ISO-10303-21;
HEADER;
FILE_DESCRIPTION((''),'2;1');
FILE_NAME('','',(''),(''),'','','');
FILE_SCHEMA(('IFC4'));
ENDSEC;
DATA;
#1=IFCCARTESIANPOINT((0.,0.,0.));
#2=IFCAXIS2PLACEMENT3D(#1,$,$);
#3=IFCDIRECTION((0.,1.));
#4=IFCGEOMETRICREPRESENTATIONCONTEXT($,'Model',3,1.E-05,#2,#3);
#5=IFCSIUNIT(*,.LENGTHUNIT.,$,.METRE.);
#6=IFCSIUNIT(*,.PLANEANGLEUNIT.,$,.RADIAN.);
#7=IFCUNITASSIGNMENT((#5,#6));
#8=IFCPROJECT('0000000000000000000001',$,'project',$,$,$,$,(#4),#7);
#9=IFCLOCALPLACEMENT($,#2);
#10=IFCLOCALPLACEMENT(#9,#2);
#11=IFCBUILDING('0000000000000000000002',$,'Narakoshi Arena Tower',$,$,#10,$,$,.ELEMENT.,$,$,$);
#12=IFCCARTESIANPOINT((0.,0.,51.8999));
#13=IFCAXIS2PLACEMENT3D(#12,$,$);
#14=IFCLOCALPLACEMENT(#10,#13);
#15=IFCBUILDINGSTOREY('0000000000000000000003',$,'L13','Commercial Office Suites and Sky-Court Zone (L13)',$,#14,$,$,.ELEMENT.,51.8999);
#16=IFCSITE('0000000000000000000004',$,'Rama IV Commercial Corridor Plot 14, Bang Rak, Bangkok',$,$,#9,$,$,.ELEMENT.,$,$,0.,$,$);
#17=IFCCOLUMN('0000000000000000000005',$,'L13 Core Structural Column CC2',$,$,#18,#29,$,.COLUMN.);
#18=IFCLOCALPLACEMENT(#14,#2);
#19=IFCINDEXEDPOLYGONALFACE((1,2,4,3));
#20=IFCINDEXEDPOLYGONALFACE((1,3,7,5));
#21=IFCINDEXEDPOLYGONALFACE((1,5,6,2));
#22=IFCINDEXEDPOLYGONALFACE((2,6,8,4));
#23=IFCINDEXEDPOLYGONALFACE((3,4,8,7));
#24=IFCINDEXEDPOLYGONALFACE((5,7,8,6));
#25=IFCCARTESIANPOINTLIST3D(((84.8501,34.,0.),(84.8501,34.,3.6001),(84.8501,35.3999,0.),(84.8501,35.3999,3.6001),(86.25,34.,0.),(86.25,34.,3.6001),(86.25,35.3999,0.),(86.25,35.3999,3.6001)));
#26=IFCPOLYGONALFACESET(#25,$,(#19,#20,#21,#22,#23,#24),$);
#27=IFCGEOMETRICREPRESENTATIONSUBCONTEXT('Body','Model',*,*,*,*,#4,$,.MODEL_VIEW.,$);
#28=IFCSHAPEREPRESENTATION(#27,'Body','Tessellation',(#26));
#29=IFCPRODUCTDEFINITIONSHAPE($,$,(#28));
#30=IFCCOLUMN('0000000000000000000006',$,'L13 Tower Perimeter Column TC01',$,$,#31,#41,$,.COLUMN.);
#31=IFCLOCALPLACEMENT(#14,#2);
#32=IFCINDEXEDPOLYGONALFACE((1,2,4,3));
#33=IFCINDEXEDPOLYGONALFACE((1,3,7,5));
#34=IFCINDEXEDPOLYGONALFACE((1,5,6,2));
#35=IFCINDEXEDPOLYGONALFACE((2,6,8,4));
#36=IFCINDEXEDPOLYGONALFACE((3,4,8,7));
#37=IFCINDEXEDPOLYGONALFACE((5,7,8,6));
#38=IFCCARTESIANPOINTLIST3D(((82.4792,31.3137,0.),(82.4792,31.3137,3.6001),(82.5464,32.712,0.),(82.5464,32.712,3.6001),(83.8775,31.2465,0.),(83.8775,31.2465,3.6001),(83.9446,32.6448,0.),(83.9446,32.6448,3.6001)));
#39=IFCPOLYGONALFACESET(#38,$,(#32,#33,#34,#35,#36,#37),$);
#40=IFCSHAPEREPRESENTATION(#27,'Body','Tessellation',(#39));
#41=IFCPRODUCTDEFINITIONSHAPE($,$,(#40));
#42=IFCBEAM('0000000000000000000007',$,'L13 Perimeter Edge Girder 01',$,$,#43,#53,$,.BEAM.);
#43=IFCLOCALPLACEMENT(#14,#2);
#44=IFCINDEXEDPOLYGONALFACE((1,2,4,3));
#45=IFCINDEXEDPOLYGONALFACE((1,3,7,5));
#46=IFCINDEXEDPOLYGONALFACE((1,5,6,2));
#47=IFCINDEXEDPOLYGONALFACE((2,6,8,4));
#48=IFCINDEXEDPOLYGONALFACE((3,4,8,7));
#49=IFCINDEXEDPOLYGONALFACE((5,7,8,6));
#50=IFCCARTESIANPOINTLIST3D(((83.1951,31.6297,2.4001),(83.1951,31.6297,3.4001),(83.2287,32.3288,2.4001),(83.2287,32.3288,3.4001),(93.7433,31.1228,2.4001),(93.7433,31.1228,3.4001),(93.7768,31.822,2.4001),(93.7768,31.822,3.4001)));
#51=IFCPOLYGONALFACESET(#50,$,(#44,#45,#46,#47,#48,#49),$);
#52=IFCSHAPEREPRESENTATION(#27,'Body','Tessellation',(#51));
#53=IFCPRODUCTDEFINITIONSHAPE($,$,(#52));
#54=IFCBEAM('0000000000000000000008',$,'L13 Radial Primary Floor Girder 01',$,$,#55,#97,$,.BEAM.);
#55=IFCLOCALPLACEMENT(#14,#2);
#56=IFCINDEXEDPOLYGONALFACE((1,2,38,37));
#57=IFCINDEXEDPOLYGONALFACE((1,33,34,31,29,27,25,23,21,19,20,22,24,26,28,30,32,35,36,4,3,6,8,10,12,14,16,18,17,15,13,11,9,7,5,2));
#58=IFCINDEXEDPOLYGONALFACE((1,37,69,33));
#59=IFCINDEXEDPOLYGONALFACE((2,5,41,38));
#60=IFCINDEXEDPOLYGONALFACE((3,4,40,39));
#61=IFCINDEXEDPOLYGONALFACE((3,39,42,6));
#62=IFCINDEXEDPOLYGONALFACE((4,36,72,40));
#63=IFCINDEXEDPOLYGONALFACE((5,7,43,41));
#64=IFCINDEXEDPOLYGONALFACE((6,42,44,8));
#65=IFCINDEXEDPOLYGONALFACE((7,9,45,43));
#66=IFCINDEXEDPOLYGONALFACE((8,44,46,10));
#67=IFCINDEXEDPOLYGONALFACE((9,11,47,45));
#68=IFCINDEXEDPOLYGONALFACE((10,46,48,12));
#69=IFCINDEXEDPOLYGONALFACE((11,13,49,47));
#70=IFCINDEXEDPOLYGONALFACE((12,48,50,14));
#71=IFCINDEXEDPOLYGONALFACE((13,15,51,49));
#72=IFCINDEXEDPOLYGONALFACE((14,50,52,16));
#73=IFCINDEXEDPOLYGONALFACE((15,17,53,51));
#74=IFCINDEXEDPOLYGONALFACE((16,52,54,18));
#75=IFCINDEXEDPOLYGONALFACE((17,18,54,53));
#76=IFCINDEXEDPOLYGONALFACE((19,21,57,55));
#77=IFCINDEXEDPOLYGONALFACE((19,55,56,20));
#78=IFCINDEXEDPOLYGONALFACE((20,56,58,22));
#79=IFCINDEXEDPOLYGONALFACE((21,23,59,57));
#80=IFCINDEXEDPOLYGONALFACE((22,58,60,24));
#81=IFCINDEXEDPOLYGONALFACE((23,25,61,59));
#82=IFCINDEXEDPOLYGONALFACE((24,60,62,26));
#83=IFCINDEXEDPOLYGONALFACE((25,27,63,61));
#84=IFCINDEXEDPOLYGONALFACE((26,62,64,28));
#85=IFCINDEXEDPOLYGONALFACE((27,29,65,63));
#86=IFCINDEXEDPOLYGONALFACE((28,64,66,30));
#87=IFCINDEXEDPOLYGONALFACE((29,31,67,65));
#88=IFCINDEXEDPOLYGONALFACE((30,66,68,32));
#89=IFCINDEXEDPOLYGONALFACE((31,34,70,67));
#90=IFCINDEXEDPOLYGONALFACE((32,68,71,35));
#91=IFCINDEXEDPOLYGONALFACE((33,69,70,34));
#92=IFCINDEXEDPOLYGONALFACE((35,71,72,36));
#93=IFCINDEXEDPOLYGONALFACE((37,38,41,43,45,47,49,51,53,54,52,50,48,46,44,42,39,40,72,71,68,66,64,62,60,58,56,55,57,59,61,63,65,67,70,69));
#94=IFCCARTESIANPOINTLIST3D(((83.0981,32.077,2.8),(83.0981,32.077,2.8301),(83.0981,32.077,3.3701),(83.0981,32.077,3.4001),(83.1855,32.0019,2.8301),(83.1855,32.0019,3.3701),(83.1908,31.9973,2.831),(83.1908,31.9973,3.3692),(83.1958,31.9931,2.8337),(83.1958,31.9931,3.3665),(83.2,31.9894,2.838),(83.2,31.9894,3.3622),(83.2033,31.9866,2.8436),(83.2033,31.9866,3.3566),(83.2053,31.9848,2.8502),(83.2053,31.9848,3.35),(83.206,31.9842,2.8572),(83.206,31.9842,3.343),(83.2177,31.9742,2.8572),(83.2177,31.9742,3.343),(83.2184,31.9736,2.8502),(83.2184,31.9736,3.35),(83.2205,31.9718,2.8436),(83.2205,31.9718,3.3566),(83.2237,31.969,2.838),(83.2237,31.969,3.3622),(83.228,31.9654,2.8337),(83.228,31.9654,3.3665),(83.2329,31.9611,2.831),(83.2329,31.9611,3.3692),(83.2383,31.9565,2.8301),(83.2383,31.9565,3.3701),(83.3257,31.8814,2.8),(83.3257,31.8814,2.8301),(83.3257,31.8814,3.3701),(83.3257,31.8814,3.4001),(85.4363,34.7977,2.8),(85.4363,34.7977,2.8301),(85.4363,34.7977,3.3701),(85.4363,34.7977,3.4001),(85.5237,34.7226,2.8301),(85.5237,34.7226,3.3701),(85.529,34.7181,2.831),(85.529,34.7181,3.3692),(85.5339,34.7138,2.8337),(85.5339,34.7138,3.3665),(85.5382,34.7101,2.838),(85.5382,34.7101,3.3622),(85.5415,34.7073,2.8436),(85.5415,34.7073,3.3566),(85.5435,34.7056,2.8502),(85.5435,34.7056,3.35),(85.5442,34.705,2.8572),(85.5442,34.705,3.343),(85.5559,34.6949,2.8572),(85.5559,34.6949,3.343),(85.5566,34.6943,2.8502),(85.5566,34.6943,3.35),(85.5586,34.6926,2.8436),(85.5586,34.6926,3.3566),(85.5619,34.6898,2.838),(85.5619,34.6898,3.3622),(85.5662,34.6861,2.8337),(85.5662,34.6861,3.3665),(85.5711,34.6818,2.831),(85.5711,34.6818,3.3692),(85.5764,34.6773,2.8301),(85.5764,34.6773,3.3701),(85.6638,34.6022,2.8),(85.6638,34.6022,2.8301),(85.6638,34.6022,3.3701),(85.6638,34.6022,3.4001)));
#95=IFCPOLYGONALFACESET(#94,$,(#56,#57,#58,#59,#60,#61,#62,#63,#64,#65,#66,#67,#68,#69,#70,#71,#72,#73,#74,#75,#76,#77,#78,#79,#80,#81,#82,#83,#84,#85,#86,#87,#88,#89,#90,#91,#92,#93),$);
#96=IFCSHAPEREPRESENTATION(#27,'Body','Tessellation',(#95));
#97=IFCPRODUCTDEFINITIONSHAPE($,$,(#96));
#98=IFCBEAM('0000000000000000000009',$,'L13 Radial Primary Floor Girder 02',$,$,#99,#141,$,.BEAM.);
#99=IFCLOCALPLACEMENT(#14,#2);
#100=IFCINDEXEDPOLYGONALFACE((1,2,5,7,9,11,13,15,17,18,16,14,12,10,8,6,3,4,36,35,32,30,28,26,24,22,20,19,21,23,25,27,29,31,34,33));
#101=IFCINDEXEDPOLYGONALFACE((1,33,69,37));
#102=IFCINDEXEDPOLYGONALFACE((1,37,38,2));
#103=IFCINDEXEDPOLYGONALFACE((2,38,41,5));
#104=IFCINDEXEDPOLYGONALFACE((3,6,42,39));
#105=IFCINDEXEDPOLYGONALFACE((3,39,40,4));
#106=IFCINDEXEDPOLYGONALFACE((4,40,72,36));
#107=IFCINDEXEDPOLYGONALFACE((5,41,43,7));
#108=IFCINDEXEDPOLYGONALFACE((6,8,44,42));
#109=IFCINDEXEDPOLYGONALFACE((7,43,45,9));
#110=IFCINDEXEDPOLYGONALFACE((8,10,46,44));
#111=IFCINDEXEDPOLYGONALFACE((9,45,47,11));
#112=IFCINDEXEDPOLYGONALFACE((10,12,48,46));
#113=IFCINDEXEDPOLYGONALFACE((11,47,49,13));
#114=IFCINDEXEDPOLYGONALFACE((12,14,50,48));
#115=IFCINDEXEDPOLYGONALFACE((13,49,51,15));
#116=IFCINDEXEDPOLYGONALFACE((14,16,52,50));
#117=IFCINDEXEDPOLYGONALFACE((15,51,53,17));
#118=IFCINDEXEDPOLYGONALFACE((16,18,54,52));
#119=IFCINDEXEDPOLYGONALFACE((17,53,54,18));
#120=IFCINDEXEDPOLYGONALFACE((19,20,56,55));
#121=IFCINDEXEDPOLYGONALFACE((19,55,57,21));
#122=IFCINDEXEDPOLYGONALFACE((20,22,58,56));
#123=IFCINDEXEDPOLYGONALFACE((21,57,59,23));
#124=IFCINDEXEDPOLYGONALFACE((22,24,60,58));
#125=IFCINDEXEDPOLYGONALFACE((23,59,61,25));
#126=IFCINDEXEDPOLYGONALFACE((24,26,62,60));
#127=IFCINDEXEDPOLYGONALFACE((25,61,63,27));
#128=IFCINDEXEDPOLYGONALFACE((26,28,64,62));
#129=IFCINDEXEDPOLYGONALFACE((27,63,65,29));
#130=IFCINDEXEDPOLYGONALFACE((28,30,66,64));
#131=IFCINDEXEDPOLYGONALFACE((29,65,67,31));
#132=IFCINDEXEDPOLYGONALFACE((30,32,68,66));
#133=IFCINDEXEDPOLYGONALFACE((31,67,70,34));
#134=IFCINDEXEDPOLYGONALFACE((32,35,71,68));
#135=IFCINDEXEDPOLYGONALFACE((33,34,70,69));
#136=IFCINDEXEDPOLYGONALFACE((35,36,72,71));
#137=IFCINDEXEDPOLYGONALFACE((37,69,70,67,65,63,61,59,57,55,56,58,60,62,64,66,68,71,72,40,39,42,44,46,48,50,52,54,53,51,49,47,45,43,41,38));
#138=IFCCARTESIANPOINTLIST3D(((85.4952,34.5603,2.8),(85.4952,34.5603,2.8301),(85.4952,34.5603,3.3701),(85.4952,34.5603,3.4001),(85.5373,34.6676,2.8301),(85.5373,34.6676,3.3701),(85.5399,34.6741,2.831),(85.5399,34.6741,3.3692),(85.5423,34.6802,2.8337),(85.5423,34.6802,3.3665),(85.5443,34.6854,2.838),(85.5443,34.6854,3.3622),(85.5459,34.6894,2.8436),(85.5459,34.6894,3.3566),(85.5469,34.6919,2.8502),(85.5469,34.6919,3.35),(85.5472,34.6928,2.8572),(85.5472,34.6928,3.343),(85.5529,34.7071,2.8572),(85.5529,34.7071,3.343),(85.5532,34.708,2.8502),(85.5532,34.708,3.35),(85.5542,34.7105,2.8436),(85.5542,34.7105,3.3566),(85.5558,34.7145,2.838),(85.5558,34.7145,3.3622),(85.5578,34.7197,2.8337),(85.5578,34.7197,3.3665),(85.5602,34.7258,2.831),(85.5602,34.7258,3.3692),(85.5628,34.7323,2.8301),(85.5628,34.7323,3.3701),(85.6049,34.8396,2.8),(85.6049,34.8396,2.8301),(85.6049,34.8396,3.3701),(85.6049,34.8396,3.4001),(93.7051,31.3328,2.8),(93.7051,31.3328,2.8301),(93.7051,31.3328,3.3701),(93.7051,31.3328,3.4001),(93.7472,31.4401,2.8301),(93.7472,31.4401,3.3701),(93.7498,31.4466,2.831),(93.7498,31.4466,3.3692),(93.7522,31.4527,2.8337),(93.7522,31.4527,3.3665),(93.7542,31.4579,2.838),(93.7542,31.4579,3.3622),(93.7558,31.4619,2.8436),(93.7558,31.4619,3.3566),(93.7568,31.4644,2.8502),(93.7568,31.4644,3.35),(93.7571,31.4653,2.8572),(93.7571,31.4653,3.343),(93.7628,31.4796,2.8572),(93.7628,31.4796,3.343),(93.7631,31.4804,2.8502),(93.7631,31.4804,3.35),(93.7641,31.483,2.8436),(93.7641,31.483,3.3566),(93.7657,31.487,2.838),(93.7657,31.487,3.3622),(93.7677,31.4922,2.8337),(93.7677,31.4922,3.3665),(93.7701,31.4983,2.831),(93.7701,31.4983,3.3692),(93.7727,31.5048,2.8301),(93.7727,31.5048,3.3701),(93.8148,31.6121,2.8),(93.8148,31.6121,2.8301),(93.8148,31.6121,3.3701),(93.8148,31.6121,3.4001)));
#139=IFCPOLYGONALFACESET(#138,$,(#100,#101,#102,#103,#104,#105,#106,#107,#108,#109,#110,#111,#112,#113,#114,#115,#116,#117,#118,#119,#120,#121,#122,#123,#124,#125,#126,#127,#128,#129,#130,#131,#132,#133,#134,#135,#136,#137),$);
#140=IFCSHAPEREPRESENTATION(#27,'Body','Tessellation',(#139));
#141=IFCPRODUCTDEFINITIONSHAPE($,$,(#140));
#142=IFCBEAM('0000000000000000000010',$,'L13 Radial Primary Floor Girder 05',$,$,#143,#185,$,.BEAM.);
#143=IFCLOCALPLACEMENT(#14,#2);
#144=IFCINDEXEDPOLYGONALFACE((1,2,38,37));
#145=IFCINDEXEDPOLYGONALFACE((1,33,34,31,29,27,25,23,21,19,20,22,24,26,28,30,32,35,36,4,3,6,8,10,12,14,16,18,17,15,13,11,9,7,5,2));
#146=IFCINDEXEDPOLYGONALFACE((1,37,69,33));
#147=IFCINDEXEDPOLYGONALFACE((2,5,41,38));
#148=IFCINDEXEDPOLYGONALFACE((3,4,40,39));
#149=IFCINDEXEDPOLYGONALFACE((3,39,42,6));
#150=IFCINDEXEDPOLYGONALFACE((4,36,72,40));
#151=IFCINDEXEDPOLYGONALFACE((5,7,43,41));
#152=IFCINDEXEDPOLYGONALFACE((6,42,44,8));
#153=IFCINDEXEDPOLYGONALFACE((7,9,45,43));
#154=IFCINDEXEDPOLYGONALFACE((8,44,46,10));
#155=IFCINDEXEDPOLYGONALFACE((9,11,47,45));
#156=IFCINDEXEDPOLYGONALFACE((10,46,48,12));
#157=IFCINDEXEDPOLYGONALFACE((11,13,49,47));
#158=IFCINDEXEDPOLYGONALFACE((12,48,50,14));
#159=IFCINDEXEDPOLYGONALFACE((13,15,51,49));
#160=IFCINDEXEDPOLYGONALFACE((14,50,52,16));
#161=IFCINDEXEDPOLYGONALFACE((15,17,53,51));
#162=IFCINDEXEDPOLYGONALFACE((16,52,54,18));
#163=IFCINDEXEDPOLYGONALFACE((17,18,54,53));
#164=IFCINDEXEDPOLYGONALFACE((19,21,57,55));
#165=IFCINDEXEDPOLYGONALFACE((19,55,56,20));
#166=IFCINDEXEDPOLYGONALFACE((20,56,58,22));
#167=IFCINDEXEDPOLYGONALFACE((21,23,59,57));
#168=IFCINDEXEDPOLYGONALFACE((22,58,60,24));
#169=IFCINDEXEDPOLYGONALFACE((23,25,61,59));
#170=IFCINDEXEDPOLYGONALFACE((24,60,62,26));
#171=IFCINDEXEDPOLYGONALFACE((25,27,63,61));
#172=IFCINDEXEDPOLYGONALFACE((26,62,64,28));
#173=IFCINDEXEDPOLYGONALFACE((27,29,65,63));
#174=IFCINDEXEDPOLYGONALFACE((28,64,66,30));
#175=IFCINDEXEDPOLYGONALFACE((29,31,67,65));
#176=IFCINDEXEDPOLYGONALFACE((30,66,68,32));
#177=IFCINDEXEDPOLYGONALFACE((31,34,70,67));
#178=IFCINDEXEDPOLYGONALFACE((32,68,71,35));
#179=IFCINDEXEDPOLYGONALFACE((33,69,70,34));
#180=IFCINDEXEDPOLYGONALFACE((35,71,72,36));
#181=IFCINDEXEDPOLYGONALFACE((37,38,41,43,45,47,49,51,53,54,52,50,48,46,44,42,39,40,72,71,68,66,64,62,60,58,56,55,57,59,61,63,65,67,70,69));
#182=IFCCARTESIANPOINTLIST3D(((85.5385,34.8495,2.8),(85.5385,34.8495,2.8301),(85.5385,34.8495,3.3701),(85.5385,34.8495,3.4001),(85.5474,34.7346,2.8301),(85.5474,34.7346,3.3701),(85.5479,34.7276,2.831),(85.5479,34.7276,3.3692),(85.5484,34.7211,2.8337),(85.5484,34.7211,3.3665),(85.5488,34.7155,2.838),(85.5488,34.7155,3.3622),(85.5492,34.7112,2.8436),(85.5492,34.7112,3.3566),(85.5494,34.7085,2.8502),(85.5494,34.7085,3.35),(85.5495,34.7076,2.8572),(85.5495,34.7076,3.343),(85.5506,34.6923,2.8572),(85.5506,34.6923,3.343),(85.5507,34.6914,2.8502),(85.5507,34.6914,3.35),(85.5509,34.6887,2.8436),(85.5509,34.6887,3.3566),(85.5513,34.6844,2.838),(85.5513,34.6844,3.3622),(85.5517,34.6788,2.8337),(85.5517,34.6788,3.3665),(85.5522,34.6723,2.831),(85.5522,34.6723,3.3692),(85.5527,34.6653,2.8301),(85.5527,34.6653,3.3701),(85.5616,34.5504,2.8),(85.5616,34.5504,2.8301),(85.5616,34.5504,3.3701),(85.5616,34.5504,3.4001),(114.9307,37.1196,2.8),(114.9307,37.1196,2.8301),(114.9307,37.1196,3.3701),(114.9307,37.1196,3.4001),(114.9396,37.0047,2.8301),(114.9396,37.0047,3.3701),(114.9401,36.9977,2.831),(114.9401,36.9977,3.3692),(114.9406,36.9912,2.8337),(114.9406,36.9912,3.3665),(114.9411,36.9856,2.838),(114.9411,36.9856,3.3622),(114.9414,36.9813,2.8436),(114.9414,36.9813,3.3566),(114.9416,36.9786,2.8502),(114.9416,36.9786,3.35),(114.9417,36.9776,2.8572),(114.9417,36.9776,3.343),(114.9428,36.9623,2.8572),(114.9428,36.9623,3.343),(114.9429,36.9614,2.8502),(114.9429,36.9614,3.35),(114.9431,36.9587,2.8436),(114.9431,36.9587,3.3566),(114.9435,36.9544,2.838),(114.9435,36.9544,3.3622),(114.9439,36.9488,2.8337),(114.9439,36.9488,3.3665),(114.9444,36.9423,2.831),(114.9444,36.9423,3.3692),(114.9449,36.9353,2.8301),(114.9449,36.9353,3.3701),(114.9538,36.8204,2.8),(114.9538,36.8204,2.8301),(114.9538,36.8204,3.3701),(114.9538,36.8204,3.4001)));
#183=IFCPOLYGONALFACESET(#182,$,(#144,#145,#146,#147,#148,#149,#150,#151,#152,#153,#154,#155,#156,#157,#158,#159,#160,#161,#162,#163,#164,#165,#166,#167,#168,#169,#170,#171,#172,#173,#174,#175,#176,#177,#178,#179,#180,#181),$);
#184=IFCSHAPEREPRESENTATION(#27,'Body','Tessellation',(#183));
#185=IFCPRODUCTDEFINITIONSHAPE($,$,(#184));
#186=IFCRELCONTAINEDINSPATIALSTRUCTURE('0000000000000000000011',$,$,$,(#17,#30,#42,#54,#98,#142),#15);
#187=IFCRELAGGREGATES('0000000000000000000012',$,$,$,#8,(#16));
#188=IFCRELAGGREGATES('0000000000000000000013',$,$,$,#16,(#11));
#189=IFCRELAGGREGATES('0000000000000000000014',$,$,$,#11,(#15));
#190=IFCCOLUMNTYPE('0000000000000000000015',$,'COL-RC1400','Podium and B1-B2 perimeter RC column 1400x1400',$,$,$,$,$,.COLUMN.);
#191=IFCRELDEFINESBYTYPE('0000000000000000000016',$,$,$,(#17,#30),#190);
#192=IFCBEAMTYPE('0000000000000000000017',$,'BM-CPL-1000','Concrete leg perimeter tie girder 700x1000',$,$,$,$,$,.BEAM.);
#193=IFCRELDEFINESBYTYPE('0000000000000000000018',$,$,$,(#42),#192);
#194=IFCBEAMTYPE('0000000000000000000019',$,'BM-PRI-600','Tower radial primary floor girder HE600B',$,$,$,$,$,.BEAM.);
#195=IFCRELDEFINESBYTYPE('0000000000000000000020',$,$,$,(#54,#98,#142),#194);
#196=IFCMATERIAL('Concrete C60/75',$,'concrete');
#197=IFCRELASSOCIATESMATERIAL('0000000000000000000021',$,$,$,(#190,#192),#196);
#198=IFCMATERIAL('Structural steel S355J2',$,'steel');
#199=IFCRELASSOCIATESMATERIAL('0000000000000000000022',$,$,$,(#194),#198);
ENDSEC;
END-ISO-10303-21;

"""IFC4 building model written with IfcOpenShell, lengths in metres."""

from ifc_helpers import new_model, si_unit, direction, frame, origin, origin_2d, place, context, subcontext, project, spatial, rectangle, i_section, extrude, material, material_profile, profile_set, type_object, element, save


model = new_model("IFC4")

# Units and contexts
model_context = context("Model", 3, precision=1e-05, world=origin(), true_north=direction((0.0, 1.0)))
body_context = subcontext(model_context, "Body", "Model", "MODEL_VIEW")
ifc_project = project(units=[si_unit("LENGTHUNIT", "METRE"), si_unit("PLANEANGLEUNIT", "RADIAN")], contexts=[model_context])

# Site, building, storey
site_placement = place(None, origin())
site = spatial("IfcSite", under=ifc_project, at=site_placement, Name="Rama IV Commercial Corridor Plot 14, Bang Rak, Bangkok", CompositionType="ELEMENT", RefElevation=0.0)
building_placement = place(site_placement, origin())
building = spatial("IfcBuilding", under=site, at=building_placement, Name="Narakoshi Arena Tower", CompositionType="ELEMENT")
storey_placement = place(building_placement, frame((0.0, 0.0, 51.8999)))
storey = spatial("IfcBuildingStorey", under=building, at=storey_placement, Name="L13", Description="Commercial Office Suites and Sky-Court Zone (L13)", CompositionType="ELEMENT", Elevation=51.8999)

# Columns
ifc_material_1 = material(Name="Concrete C60/75", Category="concrete")
ifc_material_profile_1 = material_profile(ifc_material_1, rectangle(XDim=1.3999, YDim=1.3999, at=origin_2d()), Name="RC1400x1400")
ifc_profile_set_1 = profile_set([ifc_material_profile_1], Name="Concrete C60/75")
column_type = type_object("IfcColumnType", Name="COL-RC1400", Description="Podium and B1-B2 perimeter RC column 1400x1400", PredefinedType="COLUMN", material=ifc_profile_set_1)
for number, where, z_axis, x_axis, name in (
    (1, (85.55, 34.7, 0.0), (0.0, 0.0, 1.0), (1.0, 0.0, 0.0), "L13 Core Structural Column CC2"),
    (2, (83.2119, 31.9792, 0.0), (0.0, 0.0, 1.0), (-0.998848, 0.047978, 0.0), "L13 Tower Perimeter Column TC01"),
):
    element("IfcColumn", number, at=place(storey_placement, frame(where, z_axis=z_axis, x_axis=x_axis)), inside=storey, type_object=column_type, Name=name, PredefinedType="COLUMN", context=body_context, shape_type="SweptSolid", body=[
        extrude(rectangle(XDim=1.3999, YDim=1.3999, at=origin_2d()), origin(), (0.0, 0.0, 1.0), 3.6001),
    ])

# Beams
ifc_material_profile_2 = material_profile(ifc_material_1, rectangle(XDim=0.7, YDim=1.0, at=origin_2d()), Name="RCB700x1000")
ifc_profile_set_2 = profile_set([ifc_material_profile_2], Name="Concrete C60/75")
beam_type_1 = type_object("IfcBeamType", Name="BM-CPL-1000", Description="Concrete leg perimeter tie girder 700x1000", PredefinedType="BEAM", material=ifc_profile_set_2)
beam_1_placement = place(storey_placement, frame((83.2119, 31.9792, 2.9001), z_axis=(0.998848, -0.047995, 0.0), x_axis=(0.047995, 0.998848, 0.0)))
element("IfcBeam", 3, at=beam_1_placement, inside=storey, type_object=beam_type_1, Name="L13 Perimeter Edge Girder 01", PredefinedType="BEAM", context=body_context, shape_type="SweptSolid", body=[
    extrude(rectangle(XDim=0.7, YDim=1.0, at=origin_2d()), origin(), (0.0, 0.0, 1.0), 10.5603),
])
ifc_material_2 = material(Name="Structural steel S355J2", Category="steel")
ifc_material_profile_3 = material_profile(ifc_material_2, i_section(OverallWidth=0.3, OverallDepth=0.6001, WebThickness=0.0154, FlangeThickness=0.03, FilletRadius=0.0271, at=origin_2d()), Name="HE600B")
ifc_profile_set_3 = profile_set([ifc_material_profile_3], Name="Structural steel S355J2")
beam_type_2 = type_object("IfcBeamType", Name="BM-PRI-600", Description="Tower radial primary floor girder HE600B", PredefinedType="BEAM", material=ifc_profile_set_3)
beam_2_placement = place(storey_placement, frame((85.55, 34.7, 3.1001), z_axis=(-0.651772, -0.758415, 0.0), x_axis=(0.758415, -0.651772, 0.0)))
element("IfcBeam", 4, at=beam_2_placement, inside=storey, type_object=beam_type_2, Name="L13 Radial Primary Floor Girder 01", PredefinedType="BEAM", context=body_context, shape_type="SweptSolid", body=[
    extrude(i_section(OverallWidth=0.3, OverallDepth=0.6001, WebThickness=0.0154, FlangeThickness=0.03, FilletRadius=0.0271, at=origin_2d()), origin(), (0.0, 0.0, 1.0), 3.5874),
])
beam_3_placement = place(storey_placement, frame((85.55, 34.7, 3.1001), z_axis=(0.930667, -0.365868, 0.0), x_axis=(0.365868, 0.930667, 0.0)))
element("IfcBeam", 5, at=beam_3_placement, inside=storey, type_object=beam_type_2, Name="L13 Radial Primary Floor Girder 02", PredefinedType="BEAM", context=body_context, shape_type="SweptSolid", body=[
    extrude(i_section(OverallWidth=0.3, OverallDepth=0.6001, WebThickness=0.0154, FlangeThickness=0.03, FilletRadius=0.0271, at=origin_2d()), origin(), (0.0, 0.0, 1.0), 8.8215),
])
beam_4_placement = place(storey_placement, frame((85.55, 34.7, 3.1001), z_axis=(0.997031, 0.077003, 0.0), x_axis=(-0.077003, 0.997031, 0.0)))
element("IfcBeam", 6, at=beam_4_placement, inside=storey, type_object=beam_type_2, Name="L13 Radial Primary Floor Girder 05", PredefinedType="BEAM", context=body_context, shape_type="SweptSolid", body=[
    extrude(i_section(OverallWidth=0.3, OverallDepth=0.6001, WebThickness=0.0154, FlangeThickness=0.03, FilletRadius=0.0271, at=origin_2d()), origin(), (0.0, 0.0, 1.0), 29.4797),
])

save(model, "model.ifc")
